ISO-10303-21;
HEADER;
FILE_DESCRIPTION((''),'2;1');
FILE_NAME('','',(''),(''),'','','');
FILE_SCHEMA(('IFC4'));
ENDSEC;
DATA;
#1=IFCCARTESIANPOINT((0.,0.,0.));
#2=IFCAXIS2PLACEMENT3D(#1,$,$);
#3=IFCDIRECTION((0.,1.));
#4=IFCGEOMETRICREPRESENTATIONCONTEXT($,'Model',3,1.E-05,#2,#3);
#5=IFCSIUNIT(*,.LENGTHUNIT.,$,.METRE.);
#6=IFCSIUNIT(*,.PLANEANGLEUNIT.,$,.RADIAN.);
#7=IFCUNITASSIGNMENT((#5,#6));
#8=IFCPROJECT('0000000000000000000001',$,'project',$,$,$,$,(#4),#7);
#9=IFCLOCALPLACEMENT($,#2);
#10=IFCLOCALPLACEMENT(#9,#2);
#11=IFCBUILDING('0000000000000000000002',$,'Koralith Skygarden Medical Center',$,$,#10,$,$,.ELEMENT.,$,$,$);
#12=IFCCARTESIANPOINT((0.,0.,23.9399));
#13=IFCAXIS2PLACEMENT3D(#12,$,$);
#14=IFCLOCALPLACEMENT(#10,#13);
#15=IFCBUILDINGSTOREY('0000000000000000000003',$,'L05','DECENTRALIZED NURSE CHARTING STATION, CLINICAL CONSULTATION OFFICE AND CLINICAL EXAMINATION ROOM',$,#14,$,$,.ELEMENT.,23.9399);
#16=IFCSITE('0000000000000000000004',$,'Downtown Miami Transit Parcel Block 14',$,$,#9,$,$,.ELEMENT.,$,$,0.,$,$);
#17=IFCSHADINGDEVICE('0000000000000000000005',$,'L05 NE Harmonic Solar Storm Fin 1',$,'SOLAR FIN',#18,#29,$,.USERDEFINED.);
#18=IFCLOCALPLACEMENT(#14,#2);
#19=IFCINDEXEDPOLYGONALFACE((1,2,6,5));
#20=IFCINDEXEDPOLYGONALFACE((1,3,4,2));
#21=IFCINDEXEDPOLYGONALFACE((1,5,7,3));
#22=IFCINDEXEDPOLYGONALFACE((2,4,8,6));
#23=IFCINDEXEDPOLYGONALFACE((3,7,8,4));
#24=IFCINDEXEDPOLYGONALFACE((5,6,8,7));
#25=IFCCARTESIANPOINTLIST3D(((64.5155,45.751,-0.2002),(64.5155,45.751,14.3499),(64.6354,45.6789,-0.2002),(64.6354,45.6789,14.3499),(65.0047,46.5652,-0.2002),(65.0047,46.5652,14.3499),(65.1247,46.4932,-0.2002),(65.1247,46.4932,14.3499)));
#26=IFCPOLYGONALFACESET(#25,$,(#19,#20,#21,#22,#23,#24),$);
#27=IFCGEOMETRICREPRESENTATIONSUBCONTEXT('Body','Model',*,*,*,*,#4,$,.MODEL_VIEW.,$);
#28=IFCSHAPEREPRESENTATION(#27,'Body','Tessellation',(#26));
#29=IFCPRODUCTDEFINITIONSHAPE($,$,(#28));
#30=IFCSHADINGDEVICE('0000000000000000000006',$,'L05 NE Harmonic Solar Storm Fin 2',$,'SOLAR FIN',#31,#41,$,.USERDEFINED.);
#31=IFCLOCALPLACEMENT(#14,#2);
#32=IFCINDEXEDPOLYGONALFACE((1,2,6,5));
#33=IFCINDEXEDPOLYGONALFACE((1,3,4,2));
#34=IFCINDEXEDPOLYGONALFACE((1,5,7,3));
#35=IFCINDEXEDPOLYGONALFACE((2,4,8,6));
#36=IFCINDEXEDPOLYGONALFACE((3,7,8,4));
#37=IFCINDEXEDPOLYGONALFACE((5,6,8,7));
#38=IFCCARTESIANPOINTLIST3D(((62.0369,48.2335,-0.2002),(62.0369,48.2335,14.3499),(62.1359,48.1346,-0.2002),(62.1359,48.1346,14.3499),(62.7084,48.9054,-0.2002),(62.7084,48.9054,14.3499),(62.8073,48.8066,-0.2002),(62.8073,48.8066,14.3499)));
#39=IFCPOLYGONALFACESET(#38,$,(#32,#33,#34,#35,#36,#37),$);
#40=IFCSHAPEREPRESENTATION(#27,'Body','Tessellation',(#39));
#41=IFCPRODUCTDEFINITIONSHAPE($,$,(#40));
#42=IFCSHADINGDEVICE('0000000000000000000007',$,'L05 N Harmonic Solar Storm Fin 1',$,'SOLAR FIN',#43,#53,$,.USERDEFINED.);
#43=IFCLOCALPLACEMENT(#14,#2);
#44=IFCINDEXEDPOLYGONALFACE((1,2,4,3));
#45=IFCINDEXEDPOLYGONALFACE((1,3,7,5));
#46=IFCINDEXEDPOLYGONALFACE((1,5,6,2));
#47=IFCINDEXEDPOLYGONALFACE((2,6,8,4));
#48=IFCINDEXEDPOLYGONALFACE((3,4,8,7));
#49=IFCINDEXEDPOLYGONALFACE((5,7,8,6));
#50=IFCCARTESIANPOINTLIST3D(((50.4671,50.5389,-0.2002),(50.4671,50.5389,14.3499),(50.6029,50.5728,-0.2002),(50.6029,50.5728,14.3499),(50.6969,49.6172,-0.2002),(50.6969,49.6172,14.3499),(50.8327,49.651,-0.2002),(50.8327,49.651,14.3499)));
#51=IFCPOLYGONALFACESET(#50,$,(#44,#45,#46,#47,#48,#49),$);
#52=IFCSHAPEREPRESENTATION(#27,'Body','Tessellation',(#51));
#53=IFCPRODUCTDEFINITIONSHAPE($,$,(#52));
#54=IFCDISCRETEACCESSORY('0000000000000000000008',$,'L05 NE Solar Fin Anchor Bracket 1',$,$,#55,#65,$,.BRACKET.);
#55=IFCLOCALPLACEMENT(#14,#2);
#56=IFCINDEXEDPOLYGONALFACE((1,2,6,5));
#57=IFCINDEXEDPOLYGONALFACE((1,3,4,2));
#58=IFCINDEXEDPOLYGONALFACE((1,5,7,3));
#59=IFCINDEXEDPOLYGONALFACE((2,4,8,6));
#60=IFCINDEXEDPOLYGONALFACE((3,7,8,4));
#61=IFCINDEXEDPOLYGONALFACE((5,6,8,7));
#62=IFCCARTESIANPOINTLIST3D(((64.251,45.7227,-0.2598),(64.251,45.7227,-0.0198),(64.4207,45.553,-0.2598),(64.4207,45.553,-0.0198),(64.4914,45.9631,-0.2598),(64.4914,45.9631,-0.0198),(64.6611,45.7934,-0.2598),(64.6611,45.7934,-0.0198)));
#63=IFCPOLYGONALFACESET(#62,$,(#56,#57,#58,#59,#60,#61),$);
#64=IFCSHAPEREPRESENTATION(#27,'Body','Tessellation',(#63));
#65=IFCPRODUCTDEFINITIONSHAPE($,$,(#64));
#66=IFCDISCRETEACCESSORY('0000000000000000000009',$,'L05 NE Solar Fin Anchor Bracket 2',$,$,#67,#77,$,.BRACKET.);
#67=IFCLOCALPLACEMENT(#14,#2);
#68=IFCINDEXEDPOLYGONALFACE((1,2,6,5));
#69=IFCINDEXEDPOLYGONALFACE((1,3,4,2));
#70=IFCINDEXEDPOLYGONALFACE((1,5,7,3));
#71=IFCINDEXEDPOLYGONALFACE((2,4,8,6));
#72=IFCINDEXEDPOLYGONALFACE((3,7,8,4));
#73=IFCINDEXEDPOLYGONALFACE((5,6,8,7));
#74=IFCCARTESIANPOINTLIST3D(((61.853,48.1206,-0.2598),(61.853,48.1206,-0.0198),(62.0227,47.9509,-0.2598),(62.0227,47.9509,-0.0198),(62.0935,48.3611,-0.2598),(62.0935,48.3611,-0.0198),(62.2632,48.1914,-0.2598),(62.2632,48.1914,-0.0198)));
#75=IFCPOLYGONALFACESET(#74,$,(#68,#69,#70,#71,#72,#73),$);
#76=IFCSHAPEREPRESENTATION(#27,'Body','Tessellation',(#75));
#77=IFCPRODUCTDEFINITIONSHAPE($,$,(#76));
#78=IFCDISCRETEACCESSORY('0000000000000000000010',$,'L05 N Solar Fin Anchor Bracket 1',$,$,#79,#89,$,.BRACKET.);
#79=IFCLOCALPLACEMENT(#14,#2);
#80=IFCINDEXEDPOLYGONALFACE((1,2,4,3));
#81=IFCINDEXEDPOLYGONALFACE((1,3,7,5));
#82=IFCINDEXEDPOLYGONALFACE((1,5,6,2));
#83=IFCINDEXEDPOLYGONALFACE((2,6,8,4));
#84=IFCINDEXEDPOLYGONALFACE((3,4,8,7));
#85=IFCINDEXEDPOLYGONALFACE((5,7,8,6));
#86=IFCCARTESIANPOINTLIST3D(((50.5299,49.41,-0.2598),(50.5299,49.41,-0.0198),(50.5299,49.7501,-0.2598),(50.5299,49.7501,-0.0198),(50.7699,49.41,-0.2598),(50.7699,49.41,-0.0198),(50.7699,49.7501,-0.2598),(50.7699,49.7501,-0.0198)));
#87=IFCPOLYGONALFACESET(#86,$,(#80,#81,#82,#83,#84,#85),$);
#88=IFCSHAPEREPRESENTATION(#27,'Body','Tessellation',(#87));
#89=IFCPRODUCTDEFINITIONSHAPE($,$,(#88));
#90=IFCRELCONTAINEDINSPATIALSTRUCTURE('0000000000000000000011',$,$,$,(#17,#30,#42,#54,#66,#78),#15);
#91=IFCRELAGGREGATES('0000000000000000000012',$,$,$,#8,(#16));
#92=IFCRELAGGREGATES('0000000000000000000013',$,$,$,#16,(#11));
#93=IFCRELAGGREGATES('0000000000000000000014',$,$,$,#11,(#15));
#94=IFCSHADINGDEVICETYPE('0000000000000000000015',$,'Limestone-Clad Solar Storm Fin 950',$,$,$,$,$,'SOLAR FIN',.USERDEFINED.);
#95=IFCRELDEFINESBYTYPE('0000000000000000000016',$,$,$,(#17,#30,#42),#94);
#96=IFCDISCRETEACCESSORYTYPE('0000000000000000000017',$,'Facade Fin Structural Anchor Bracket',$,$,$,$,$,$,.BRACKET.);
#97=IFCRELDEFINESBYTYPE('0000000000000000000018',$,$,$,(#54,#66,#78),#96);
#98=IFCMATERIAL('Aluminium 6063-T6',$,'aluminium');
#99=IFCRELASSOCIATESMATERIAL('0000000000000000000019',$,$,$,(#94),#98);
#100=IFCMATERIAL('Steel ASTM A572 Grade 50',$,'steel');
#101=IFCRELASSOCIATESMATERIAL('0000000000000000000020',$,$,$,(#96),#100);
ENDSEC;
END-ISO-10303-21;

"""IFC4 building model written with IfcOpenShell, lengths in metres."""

from ifc_helpers import new_model, si_unit, direction, frame, origin, origin_2d, place, context, subcontext, project, spatial, rectangle, extrude, material, type_object, element, save


model = new_model("IFC4")

# Units and contexts
model_context = context("Model", 3, precision=1e-05, world=origin(), true_north=direction((0.0, 1.0)))
body_context = subcontext(model_context, "Body", "Model", "MODEL_VIEW")
ifc_project = project(units=[si_unit("LENGTHUNIT", "METRE"), si_unit("PLANEANGLEUNIT", "RADIAN")], contexts=[model_context])

# Site, building, storey
site_placement = place(None, origin())
site = spatial("IfcSite", under=ifc_project, at=site_placement, Name="Downtown Miami Transit Parcel Block 14", CompositionType="ELEMENT", RefElevation=0.0)
building_placement = place(site_placement, origin())
building = spatial("IfcBuilding", under=site, at=building_placement, Name="Koralith Skygarden Medical Center", CompositionType="ELEMENT")
storey_placement = place(building_placement, frame((0.0, 0.0, 23.9399)))
storey = spatial("IfcBuildingStorey", under=building, at=storey_placement, Name="L05", Description="DECENTRALIZED NURSE CHARTING STATION, CLINICAL CONSULTATION OFFICE AND CLINICAL EXAMINATION ROOM", CompositionType="ELEMENT", Elevation=23.9399)

# Shared definitions
ifc_material_1 = material(Name="Aluminium 6063-T6", Category="aluminium")

# Shading devices
shading_device_type = type_object("IfcShadingDeviceType", Name="Limestone-Clad Solar Storm Fin 950", ElementType="SOLAR FIN", PredefinedType="USERDEFINED", material=ifc_material_1)
for number, where, z_axis, x_axis, name in (
    (1, (64.8201, 46.1221, -0.2002), (0.0, 0.0, 1.0), (0.515038, 0.857167, 0.0), "L05 NE Harmonic Solar Storm Fin 1"),
    (2, (62.4221, 48.52, -0.2002), (0.0, 0.0, 1.0), (0.706835, 0.707378, 0.0), "L05 NE Harmonic Solar Storm Fin 2"),
    (3, (50.6499, 50.095, -0.2002), (0.0, 0.0, 1.0), (-0.241922, 0.970296, 0.0), "L05 N Harmonic Solar Storm Fin 1"),
):
    element("IfcShadingDevice", number, at=place(storey_placement, frame(where, z_axis=z_axis, x_axis=x_axis)), inside=storey, type_object=shading_device_type, Name=name, ObjectType="SOLAR FIN", PredefinedType="USERDEFINED", context=body_context, shape_type="SweptSolid", body=[
        extrude(rectangle(XDim=0.95, YDim=0.1399, at=origin_2d()), origin(), (0.0, 0.0, 1.0), 14.55),
    ])

# Discrete accessories
ifc_material_2 = material(Name="Steel ASTM A572 Grade 50", Category="steel")
discrete_accessory_type = type_object("IfcDiscreteAccessoryType", Name="Facade Fin Structural Anchor Bracket", PredefinedType="BRACKET", material=ifc_material_2)
for number, where, z_axis, x_axis, name in (
    (4, (64.4561, 45.7581, -0.2598), (0.0, 0.0, 1.0), (0.707107, 0.707107, 0.0), "L05 NE Solar Fin Anchor Bracket 1"),
    (5, (62.0581, 48.156, -0.2598), (0.0, 0.0, 1.0), (0.707107, 0.707107, 0.0), "L05 NE Solar Fin Anchor Bracket 2"),
    (6, (50.6499, 49.5801, -0.2598), (0.0, 0.0, 1.0), (0.0, 1.0, 0.0), "L05 N Solar Fin Anchor Bracket 1"),
):
    element("IfcDiscreteAccessory", number, at=place(storey_placement, frame(where, z_axis=z_axis, x_axis=x_axis)), inside=storey, type_object=discrete_accessory_type, Name=name, PredefinedType="BRACKET", context=body_context, shape_type="SweptSolid", body=[
        extrude(rectangle(XDim=0.3401, YDim=0.24, at=origin_2d()), origin(), (0.0, 0.0, 1.0), 0.24),
    ])

save(model, "model.ifc")
